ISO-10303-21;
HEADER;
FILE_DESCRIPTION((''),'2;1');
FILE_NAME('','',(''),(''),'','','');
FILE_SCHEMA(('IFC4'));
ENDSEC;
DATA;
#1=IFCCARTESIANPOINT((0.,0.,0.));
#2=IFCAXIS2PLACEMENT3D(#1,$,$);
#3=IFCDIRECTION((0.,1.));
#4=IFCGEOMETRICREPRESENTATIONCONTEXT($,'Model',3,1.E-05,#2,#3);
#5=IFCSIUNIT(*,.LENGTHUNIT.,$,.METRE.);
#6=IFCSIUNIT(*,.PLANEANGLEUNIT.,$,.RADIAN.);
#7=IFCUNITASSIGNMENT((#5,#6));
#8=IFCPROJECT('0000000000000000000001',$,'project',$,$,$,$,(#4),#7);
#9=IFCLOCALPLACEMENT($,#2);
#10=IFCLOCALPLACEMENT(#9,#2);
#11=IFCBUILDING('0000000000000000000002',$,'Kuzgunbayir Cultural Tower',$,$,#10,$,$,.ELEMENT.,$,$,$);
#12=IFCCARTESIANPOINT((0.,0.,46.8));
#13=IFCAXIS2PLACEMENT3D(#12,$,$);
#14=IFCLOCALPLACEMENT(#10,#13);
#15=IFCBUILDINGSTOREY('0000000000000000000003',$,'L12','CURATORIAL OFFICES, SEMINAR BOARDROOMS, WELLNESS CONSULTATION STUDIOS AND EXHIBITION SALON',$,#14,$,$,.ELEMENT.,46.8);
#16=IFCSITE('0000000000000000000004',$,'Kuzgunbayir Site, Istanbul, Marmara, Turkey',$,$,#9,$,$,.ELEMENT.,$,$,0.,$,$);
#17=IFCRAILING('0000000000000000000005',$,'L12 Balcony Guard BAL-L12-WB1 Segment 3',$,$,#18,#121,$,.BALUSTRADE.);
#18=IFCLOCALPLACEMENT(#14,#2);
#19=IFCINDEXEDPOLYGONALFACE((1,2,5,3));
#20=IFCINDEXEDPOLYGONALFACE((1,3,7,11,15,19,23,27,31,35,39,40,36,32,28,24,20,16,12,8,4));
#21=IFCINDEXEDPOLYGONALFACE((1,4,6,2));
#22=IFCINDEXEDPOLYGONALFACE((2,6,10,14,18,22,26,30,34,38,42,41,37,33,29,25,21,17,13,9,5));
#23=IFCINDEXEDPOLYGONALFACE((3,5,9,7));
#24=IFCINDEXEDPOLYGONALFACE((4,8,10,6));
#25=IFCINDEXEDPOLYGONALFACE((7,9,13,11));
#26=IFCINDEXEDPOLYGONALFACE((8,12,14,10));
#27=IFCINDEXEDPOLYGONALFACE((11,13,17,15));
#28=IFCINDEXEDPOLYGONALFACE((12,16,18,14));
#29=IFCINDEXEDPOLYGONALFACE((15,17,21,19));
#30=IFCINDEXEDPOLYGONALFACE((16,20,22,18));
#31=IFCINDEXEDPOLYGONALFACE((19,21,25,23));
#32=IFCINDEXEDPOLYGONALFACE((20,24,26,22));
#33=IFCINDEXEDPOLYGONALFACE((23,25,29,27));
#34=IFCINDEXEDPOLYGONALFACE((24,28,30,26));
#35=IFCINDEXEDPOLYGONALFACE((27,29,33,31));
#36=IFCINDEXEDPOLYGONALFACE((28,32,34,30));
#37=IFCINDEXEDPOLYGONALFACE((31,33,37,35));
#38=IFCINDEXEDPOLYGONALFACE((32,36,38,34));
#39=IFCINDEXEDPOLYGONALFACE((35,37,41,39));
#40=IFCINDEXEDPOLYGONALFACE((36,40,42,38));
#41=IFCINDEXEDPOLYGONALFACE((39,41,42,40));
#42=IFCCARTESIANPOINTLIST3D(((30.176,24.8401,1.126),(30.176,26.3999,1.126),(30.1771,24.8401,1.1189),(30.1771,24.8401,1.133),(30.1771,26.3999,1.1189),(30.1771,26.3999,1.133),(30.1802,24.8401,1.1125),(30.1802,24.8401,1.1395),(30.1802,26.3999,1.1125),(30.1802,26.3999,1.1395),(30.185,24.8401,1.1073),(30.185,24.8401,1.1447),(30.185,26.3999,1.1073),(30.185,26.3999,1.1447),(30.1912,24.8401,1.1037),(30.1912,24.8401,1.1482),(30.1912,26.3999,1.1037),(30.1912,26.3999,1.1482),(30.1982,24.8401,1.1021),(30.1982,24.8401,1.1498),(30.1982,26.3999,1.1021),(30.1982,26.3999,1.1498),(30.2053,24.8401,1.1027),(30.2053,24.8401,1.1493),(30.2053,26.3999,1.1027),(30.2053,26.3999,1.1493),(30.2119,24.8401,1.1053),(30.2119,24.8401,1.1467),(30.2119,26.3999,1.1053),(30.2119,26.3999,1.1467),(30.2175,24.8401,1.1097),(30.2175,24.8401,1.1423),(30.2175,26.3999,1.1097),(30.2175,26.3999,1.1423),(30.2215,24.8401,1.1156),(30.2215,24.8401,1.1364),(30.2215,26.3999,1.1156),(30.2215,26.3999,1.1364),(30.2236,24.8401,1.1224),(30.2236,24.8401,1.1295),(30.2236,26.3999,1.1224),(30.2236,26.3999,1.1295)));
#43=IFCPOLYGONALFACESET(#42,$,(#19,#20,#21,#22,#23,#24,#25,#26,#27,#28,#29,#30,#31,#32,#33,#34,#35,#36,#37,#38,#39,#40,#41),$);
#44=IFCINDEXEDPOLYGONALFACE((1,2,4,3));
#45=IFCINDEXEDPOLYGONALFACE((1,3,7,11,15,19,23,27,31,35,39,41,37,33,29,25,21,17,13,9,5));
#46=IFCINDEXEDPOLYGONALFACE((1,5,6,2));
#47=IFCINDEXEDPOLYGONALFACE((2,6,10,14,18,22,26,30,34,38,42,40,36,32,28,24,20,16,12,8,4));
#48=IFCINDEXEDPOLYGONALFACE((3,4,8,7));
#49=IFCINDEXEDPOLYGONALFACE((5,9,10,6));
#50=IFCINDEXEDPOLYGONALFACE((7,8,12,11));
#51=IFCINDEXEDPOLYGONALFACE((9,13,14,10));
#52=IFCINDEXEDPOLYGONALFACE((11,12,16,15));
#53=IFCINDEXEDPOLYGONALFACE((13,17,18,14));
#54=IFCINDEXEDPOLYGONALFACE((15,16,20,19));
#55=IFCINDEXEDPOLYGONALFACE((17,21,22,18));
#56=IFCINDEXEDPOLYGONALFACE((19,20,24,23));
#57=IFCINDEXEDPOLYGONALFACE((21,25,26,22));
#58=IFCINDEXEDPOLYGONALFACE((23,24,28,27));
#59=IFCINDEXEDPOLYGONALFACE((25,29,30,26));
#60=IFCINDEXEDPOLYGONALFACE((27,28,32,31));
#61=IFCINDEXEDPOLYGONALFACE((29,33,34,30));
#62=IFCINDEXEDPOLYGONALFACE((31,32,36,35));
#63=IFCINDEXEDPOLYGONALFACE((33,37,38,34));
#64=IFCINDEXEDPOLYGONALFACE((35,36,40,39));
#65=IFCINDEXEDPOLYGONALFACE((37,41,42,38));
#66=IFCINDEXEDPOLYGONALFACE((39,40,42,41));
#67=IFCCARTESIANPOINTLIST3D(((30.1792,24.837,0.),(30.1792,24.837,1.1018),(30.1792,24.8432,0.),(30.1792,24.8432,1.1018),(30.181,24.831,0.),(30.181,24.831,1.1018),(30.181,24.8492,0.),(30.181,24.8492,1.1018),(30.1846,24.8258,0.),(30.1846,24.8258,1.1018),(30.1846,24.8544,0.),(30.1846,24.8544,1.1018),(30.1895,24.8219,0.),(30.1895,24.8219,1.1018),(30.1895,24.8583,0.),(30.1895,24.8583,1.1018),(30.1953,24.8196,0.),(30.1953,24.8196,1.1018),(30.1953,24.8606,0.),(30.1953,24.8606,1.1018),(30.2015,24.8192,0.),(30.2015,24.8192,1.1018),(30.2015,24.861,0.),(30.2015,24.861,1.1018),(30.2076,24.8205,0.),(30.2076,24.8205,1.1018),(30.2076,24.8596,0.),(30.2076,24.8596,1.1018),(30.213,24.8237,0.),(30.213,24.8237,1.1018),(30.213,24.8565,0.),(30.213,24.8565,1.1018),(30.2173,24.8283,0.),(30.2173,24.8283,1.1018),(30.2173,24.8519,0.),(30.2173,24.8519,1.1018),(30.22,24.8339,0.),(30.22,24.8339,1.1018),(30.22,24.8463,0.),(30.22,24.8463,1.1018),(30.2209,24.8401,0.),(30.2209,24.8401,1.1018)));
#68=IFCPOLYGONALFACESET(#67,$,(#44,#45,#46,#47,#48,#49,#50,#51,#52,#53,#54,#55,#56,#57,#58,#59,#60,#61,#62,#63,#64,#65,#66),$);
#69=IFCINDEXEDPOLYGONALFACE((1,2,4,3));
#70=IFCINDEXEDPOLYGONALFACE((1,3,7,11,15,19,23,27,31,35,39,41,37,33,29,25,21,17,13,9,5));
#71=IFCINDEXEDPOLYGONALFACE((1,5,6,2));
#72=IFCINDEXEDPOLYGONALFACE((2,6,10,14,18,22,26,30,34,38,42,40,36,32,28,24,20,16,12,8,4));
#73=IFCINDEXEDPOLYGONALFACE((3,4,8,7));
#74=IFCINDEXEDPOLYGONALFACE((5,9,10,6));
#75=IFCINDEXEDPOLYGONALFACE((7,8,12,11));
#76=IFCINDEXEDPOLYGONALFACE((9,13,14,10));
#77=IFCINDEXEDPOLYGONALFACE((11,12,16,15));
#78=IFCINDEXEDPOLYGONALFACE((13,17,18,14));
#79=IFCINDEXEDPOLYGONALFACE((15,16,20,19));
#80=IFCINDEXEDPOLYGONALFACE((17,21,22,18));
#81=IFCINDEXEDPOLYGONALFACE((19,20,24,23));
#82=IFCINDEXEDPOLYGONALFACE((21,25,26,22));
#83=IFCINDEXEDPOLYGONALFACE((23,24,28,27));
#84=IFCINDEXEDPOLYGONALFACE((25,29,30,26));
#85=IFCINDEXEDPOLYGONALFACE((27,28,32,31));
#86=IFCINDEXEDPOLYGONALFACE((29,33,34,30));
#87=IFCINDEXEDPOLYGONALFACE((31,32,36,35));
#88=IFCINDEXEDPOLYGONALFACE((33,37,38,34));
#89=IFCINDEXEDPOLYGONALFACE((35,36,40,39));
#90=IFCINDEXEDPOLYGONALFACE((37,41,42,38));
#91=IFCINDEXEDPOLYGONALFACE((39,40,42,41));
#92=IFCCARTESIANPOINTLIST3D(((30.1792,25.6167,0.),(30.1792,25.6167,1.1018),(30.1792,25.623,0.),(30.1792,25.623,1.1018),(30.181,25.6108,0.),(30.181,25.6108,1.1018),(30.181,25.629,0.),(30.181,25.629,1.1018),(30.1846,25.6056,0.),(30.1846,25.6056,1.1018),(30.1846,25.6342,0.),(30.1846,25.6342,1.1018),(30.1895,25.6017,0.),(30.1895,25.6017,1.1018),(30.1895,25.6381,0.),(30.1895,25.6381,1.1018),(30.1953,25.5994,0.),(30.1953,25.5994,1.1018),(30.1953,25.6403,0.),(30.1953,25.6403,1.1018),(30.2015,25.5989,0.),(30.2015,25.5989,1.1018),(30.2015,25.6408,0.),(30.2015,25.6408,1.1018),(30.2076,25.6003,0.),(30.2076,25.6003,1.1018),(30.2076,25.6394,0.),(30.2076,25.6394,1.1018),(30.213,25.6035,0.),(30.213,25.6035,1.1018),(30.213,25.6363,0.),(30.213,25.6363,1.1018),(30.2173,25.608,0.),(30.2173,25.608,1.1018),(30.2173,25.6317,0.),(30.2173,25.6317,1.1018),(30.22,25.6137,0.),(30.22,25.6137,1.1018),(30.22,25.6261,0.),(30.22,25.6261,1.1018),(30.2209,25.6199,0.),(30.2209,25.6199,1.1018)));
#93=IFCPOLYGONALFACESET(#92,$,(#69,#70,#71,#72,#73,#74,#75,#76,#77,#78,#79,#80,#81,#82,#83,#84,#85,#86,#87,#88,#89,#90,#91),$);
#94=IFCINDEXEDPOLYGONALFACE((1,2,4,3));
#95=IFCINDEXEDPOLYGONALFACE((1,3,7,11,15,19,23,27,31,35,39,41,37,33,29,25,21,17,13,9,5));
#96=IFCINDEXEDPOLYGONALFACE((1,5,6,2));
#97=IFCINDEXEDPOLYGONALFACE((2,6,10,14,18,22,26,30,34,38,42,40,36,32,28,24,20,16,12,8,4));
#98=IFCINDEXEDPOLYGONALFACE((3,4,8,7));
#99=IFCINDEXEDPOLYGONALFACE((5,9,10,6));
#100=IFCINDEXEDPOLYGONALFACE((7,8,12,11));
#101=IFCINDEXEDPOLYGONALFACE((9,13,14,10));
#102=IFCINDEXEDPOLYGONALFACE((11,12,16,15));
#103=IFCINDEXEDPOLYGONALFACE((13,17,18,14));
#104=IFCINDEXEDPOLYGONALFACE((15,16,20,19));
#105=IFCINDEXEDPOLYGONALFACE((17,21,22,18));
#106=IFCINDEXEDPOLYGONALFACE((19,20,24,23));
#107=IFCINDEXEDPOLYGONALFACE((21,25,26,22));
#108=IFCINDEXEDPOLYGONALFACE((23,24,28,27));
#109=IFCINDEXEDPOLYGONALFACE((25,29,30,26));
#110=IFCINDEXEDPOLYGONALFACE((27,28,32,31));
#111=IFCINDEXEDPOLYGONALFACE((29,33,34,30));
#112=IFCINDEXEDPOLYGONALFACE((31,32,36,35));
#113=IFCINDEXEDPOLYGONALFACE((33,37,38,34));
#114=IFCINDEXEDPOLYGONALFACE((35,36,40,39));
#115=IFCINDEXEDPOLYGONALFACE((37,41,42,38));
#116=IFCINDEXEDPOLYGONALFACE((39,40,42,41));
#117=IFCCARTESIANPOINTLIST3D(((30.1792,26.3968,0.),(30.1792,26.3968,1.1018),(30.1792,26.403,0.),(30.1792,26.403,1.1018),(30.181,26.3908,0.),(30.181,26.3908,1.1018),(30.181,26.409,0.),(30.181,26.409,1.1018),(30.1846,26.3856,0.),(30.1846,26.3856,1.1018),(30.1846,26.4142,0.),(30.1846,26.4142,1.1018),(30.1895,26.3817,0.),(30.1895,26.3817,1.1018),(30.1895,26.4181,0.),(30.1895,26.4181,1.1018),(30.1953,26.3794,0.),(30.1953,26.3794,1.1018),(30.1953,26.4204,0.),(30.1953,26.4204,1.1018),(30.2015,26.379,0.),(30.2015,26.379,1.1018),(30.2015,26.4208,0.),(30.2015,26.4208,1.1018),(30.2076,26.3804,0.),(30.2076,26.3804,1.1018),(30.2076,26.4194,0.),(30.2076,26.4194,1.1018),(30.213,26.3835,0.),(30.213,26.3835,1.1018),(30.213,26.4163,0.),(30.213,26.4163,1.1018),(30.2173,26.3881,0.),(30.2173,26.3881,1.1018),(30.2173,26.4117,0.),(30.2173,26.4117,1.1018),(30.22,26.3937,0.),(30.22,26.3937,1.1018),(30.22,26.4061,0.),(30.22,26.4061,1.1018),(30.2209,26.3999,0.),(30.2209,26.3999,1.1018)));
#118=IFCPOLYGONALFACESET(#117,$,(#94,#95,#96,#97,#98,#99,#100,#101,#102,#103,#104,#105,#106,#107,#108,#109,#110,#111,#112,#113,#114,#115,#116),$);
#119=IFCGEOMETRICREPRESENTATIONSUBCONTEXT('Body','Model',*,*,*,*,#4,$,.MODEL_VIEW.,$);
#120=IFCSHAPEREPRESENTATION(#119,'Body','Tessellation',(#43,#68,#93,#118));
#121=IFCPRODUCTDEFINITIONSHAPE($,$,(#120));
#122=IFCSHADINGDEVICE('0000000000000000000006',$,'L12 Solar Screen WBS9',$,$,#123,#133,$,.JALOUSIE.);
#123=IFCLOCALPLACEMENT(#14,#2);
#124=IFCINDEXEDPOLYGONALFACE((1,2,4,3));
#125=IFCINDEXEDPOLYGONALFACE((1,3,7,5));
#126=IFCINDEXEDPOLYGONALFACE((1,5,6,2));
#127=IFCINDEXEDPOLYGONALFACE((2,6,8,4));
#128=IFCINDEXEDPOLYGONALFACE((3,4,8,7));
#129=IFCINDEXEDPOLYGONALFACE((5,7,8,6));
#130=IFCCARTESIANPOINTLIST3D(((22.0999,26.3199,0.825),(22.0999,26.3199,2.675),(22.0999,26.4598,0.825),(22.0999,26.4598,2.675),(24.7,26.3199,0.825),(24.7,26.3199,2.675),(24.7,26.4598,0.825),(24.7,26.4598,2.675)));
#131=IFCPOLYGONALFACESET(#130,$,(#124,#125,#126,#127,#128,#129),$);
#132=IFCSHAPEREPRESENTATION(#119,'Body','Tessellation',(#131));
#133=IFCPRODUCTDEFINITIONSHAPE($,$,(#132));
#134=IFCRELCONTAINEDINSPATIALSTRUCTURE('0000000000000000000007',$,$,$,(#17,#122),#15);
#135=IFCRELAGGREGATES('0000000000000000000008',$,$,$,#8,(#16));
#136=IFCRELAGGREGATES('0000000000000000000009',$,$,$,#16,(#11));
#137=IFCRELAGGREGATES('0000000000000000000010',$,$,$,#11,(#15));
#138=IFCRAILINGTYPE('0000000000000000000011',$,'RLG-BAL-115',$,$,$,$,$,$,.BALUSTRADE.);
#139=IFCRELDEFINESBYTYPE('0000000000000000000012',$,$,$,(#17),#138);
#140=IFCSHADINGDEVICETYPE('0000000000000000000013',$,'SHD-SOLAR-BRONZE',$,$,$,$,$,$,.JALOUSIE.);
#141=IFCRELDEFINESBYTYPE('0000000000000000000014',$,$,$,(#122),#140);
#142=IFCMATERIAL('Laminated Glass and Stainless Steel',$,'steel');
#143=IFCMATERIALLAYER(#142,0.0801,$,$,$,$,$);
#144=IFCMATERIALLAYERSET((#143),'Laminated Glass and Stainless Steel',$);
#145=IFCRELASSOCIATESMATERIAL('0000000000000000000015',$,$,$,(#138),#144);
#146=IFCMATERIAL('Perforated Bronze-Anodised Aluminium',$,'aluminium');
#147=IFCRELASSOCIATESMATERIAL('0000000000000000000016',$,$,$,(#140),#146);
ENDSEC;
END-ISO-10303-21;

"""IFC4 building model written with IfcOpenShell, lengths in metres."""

from ifc_helpers import new_model, si_unit, direction, frame, origin, origin_2d, place, context, subcontext, project, spatial, rectangle, circle, extrude, material, layer, layer_set, type_object, element, save


model = new_model("IFC4")

# Units and contexts
model_context = context("Model", 3, precision=1e-05, world=origin(), true_north=direction((0.0, 1.0)))
body_context = subcontext(model_context, "Body", "Model", "MODEL_VIEW")
ifc_project = project(units=[si_unit("LENGTHUNIT", "METRE"), si_unit("PLANEANGLEUNIT", "RADIAN")], contexts=[model_context])

# Site, building, storey
site_placement = place(None, origin())
site = spatial("IfcSite", under=ifc_project, at=site_placement, Name="Kuzgunbayir Site, Istanbul, Marmara, Turkey", CompositionType="ELEMENT", RefElevation=0.0)
building_placement = place(site_placement, origin())
building = spatial("IfcBuilding", under=site, at=building_placement, Name="Kuzgunbayir Cultural Tower", CompositionType="ELEMENT")
storey_placement = place(building_placement, frame((0.0, 0.0, 46.8)))
storey = spatial("IfcBuildingStorey", under=building, at=storey_placement, Name="L12", Description="CURATORIAL OFFICES, SEMINAR BOARDROOMS, WELLNESS CONSULTATION STUDIOS AND EXHIBITION SALON", CompositionType="ELEMENT", Elevation=46.8)

# Railing
ifc_material_1 = material(Name="Laminated Glass and Stainless Steel", Category="steel")
ifc_layer_1 = layer(ifc_material_1, 0.0801)
ifc_layer_set_1 = layer_set([ifc_layer_1], Name="Laminated Glass and Stainless Steel")
railing_type = type_object("IfcRailingType", Name="RLG-BAL-115", PredefinedType="BALUSTRADE", material=ifc_layer_set_1)
railing_1_placement = place(storey_placement, frame((30.2, 24.8401, 0.0)))
element("IfcRailing", 1, at=railing_1_placement, inside=storey, type_object=railing_type, Name="L12 Balcony Guard BAL-L12-WB1 Segment 3", PredefinedType="BALUSTRADE", context=body_context, shape_type="SweptSolid", body=[
    extrude(circle(Radius=0.0239, at=origin_2d()), frame((0.0, 0.0, 1.126), z_axis=(0.0, 1.0, 0.0), x_axis=(-1.0, 0.0, 0.0)), (0.0, 0.0, 1.0), 1.5598),
    extrude(circle(Radius=0.021, at=origin_2d()), origin(), (0.0, 0.0, 1.0), 1.1018),
    extrude(circle(Radius=0.021, at=origin_2d()), frame((0.0, 0.7798, 0.0)), (0.0, 0.0, 1.0), 1.1018),
    extrude(circle(Radius=0.021, at=origin_2d()), frame((0.0, 1.5598, 0.0)), (0.0, 0.0, 1.0), 1.1018),
])

# Shading device
ifc_material_2 = material(Name="Perforated Bronze-Anodised Aluminium", Category="aluminium")
shading_device_type = type_object("IfcShadingDeviceType", Name="SHD-SOLAR-BRONZE", PredefinedType="JALOUSIE", material=ifc_material_2)
shading_device_placement = place(storey_placement, frame((23.3999, 26.3899, 0.825), z_axis=(0.0, 0.0, 1.0), x_axis=(1.0, 0.0, 0.0)))
element("IfcShadingDevice", 2, at=shading_device_placement, inside=storey, type_object=shading_device_type, Name="L12 Solar Screen WBS9", PredefinedType="JALOUSIE", context=body_context, shape_type="SweptSolid", body=[
    extrude(rectangle(XDim=2.6001, YDim=0.1399, at=origin_2d()), origin(), (0.0, 0.0, 1.0), 1.8501),
])

save(model, "model.ifc")
